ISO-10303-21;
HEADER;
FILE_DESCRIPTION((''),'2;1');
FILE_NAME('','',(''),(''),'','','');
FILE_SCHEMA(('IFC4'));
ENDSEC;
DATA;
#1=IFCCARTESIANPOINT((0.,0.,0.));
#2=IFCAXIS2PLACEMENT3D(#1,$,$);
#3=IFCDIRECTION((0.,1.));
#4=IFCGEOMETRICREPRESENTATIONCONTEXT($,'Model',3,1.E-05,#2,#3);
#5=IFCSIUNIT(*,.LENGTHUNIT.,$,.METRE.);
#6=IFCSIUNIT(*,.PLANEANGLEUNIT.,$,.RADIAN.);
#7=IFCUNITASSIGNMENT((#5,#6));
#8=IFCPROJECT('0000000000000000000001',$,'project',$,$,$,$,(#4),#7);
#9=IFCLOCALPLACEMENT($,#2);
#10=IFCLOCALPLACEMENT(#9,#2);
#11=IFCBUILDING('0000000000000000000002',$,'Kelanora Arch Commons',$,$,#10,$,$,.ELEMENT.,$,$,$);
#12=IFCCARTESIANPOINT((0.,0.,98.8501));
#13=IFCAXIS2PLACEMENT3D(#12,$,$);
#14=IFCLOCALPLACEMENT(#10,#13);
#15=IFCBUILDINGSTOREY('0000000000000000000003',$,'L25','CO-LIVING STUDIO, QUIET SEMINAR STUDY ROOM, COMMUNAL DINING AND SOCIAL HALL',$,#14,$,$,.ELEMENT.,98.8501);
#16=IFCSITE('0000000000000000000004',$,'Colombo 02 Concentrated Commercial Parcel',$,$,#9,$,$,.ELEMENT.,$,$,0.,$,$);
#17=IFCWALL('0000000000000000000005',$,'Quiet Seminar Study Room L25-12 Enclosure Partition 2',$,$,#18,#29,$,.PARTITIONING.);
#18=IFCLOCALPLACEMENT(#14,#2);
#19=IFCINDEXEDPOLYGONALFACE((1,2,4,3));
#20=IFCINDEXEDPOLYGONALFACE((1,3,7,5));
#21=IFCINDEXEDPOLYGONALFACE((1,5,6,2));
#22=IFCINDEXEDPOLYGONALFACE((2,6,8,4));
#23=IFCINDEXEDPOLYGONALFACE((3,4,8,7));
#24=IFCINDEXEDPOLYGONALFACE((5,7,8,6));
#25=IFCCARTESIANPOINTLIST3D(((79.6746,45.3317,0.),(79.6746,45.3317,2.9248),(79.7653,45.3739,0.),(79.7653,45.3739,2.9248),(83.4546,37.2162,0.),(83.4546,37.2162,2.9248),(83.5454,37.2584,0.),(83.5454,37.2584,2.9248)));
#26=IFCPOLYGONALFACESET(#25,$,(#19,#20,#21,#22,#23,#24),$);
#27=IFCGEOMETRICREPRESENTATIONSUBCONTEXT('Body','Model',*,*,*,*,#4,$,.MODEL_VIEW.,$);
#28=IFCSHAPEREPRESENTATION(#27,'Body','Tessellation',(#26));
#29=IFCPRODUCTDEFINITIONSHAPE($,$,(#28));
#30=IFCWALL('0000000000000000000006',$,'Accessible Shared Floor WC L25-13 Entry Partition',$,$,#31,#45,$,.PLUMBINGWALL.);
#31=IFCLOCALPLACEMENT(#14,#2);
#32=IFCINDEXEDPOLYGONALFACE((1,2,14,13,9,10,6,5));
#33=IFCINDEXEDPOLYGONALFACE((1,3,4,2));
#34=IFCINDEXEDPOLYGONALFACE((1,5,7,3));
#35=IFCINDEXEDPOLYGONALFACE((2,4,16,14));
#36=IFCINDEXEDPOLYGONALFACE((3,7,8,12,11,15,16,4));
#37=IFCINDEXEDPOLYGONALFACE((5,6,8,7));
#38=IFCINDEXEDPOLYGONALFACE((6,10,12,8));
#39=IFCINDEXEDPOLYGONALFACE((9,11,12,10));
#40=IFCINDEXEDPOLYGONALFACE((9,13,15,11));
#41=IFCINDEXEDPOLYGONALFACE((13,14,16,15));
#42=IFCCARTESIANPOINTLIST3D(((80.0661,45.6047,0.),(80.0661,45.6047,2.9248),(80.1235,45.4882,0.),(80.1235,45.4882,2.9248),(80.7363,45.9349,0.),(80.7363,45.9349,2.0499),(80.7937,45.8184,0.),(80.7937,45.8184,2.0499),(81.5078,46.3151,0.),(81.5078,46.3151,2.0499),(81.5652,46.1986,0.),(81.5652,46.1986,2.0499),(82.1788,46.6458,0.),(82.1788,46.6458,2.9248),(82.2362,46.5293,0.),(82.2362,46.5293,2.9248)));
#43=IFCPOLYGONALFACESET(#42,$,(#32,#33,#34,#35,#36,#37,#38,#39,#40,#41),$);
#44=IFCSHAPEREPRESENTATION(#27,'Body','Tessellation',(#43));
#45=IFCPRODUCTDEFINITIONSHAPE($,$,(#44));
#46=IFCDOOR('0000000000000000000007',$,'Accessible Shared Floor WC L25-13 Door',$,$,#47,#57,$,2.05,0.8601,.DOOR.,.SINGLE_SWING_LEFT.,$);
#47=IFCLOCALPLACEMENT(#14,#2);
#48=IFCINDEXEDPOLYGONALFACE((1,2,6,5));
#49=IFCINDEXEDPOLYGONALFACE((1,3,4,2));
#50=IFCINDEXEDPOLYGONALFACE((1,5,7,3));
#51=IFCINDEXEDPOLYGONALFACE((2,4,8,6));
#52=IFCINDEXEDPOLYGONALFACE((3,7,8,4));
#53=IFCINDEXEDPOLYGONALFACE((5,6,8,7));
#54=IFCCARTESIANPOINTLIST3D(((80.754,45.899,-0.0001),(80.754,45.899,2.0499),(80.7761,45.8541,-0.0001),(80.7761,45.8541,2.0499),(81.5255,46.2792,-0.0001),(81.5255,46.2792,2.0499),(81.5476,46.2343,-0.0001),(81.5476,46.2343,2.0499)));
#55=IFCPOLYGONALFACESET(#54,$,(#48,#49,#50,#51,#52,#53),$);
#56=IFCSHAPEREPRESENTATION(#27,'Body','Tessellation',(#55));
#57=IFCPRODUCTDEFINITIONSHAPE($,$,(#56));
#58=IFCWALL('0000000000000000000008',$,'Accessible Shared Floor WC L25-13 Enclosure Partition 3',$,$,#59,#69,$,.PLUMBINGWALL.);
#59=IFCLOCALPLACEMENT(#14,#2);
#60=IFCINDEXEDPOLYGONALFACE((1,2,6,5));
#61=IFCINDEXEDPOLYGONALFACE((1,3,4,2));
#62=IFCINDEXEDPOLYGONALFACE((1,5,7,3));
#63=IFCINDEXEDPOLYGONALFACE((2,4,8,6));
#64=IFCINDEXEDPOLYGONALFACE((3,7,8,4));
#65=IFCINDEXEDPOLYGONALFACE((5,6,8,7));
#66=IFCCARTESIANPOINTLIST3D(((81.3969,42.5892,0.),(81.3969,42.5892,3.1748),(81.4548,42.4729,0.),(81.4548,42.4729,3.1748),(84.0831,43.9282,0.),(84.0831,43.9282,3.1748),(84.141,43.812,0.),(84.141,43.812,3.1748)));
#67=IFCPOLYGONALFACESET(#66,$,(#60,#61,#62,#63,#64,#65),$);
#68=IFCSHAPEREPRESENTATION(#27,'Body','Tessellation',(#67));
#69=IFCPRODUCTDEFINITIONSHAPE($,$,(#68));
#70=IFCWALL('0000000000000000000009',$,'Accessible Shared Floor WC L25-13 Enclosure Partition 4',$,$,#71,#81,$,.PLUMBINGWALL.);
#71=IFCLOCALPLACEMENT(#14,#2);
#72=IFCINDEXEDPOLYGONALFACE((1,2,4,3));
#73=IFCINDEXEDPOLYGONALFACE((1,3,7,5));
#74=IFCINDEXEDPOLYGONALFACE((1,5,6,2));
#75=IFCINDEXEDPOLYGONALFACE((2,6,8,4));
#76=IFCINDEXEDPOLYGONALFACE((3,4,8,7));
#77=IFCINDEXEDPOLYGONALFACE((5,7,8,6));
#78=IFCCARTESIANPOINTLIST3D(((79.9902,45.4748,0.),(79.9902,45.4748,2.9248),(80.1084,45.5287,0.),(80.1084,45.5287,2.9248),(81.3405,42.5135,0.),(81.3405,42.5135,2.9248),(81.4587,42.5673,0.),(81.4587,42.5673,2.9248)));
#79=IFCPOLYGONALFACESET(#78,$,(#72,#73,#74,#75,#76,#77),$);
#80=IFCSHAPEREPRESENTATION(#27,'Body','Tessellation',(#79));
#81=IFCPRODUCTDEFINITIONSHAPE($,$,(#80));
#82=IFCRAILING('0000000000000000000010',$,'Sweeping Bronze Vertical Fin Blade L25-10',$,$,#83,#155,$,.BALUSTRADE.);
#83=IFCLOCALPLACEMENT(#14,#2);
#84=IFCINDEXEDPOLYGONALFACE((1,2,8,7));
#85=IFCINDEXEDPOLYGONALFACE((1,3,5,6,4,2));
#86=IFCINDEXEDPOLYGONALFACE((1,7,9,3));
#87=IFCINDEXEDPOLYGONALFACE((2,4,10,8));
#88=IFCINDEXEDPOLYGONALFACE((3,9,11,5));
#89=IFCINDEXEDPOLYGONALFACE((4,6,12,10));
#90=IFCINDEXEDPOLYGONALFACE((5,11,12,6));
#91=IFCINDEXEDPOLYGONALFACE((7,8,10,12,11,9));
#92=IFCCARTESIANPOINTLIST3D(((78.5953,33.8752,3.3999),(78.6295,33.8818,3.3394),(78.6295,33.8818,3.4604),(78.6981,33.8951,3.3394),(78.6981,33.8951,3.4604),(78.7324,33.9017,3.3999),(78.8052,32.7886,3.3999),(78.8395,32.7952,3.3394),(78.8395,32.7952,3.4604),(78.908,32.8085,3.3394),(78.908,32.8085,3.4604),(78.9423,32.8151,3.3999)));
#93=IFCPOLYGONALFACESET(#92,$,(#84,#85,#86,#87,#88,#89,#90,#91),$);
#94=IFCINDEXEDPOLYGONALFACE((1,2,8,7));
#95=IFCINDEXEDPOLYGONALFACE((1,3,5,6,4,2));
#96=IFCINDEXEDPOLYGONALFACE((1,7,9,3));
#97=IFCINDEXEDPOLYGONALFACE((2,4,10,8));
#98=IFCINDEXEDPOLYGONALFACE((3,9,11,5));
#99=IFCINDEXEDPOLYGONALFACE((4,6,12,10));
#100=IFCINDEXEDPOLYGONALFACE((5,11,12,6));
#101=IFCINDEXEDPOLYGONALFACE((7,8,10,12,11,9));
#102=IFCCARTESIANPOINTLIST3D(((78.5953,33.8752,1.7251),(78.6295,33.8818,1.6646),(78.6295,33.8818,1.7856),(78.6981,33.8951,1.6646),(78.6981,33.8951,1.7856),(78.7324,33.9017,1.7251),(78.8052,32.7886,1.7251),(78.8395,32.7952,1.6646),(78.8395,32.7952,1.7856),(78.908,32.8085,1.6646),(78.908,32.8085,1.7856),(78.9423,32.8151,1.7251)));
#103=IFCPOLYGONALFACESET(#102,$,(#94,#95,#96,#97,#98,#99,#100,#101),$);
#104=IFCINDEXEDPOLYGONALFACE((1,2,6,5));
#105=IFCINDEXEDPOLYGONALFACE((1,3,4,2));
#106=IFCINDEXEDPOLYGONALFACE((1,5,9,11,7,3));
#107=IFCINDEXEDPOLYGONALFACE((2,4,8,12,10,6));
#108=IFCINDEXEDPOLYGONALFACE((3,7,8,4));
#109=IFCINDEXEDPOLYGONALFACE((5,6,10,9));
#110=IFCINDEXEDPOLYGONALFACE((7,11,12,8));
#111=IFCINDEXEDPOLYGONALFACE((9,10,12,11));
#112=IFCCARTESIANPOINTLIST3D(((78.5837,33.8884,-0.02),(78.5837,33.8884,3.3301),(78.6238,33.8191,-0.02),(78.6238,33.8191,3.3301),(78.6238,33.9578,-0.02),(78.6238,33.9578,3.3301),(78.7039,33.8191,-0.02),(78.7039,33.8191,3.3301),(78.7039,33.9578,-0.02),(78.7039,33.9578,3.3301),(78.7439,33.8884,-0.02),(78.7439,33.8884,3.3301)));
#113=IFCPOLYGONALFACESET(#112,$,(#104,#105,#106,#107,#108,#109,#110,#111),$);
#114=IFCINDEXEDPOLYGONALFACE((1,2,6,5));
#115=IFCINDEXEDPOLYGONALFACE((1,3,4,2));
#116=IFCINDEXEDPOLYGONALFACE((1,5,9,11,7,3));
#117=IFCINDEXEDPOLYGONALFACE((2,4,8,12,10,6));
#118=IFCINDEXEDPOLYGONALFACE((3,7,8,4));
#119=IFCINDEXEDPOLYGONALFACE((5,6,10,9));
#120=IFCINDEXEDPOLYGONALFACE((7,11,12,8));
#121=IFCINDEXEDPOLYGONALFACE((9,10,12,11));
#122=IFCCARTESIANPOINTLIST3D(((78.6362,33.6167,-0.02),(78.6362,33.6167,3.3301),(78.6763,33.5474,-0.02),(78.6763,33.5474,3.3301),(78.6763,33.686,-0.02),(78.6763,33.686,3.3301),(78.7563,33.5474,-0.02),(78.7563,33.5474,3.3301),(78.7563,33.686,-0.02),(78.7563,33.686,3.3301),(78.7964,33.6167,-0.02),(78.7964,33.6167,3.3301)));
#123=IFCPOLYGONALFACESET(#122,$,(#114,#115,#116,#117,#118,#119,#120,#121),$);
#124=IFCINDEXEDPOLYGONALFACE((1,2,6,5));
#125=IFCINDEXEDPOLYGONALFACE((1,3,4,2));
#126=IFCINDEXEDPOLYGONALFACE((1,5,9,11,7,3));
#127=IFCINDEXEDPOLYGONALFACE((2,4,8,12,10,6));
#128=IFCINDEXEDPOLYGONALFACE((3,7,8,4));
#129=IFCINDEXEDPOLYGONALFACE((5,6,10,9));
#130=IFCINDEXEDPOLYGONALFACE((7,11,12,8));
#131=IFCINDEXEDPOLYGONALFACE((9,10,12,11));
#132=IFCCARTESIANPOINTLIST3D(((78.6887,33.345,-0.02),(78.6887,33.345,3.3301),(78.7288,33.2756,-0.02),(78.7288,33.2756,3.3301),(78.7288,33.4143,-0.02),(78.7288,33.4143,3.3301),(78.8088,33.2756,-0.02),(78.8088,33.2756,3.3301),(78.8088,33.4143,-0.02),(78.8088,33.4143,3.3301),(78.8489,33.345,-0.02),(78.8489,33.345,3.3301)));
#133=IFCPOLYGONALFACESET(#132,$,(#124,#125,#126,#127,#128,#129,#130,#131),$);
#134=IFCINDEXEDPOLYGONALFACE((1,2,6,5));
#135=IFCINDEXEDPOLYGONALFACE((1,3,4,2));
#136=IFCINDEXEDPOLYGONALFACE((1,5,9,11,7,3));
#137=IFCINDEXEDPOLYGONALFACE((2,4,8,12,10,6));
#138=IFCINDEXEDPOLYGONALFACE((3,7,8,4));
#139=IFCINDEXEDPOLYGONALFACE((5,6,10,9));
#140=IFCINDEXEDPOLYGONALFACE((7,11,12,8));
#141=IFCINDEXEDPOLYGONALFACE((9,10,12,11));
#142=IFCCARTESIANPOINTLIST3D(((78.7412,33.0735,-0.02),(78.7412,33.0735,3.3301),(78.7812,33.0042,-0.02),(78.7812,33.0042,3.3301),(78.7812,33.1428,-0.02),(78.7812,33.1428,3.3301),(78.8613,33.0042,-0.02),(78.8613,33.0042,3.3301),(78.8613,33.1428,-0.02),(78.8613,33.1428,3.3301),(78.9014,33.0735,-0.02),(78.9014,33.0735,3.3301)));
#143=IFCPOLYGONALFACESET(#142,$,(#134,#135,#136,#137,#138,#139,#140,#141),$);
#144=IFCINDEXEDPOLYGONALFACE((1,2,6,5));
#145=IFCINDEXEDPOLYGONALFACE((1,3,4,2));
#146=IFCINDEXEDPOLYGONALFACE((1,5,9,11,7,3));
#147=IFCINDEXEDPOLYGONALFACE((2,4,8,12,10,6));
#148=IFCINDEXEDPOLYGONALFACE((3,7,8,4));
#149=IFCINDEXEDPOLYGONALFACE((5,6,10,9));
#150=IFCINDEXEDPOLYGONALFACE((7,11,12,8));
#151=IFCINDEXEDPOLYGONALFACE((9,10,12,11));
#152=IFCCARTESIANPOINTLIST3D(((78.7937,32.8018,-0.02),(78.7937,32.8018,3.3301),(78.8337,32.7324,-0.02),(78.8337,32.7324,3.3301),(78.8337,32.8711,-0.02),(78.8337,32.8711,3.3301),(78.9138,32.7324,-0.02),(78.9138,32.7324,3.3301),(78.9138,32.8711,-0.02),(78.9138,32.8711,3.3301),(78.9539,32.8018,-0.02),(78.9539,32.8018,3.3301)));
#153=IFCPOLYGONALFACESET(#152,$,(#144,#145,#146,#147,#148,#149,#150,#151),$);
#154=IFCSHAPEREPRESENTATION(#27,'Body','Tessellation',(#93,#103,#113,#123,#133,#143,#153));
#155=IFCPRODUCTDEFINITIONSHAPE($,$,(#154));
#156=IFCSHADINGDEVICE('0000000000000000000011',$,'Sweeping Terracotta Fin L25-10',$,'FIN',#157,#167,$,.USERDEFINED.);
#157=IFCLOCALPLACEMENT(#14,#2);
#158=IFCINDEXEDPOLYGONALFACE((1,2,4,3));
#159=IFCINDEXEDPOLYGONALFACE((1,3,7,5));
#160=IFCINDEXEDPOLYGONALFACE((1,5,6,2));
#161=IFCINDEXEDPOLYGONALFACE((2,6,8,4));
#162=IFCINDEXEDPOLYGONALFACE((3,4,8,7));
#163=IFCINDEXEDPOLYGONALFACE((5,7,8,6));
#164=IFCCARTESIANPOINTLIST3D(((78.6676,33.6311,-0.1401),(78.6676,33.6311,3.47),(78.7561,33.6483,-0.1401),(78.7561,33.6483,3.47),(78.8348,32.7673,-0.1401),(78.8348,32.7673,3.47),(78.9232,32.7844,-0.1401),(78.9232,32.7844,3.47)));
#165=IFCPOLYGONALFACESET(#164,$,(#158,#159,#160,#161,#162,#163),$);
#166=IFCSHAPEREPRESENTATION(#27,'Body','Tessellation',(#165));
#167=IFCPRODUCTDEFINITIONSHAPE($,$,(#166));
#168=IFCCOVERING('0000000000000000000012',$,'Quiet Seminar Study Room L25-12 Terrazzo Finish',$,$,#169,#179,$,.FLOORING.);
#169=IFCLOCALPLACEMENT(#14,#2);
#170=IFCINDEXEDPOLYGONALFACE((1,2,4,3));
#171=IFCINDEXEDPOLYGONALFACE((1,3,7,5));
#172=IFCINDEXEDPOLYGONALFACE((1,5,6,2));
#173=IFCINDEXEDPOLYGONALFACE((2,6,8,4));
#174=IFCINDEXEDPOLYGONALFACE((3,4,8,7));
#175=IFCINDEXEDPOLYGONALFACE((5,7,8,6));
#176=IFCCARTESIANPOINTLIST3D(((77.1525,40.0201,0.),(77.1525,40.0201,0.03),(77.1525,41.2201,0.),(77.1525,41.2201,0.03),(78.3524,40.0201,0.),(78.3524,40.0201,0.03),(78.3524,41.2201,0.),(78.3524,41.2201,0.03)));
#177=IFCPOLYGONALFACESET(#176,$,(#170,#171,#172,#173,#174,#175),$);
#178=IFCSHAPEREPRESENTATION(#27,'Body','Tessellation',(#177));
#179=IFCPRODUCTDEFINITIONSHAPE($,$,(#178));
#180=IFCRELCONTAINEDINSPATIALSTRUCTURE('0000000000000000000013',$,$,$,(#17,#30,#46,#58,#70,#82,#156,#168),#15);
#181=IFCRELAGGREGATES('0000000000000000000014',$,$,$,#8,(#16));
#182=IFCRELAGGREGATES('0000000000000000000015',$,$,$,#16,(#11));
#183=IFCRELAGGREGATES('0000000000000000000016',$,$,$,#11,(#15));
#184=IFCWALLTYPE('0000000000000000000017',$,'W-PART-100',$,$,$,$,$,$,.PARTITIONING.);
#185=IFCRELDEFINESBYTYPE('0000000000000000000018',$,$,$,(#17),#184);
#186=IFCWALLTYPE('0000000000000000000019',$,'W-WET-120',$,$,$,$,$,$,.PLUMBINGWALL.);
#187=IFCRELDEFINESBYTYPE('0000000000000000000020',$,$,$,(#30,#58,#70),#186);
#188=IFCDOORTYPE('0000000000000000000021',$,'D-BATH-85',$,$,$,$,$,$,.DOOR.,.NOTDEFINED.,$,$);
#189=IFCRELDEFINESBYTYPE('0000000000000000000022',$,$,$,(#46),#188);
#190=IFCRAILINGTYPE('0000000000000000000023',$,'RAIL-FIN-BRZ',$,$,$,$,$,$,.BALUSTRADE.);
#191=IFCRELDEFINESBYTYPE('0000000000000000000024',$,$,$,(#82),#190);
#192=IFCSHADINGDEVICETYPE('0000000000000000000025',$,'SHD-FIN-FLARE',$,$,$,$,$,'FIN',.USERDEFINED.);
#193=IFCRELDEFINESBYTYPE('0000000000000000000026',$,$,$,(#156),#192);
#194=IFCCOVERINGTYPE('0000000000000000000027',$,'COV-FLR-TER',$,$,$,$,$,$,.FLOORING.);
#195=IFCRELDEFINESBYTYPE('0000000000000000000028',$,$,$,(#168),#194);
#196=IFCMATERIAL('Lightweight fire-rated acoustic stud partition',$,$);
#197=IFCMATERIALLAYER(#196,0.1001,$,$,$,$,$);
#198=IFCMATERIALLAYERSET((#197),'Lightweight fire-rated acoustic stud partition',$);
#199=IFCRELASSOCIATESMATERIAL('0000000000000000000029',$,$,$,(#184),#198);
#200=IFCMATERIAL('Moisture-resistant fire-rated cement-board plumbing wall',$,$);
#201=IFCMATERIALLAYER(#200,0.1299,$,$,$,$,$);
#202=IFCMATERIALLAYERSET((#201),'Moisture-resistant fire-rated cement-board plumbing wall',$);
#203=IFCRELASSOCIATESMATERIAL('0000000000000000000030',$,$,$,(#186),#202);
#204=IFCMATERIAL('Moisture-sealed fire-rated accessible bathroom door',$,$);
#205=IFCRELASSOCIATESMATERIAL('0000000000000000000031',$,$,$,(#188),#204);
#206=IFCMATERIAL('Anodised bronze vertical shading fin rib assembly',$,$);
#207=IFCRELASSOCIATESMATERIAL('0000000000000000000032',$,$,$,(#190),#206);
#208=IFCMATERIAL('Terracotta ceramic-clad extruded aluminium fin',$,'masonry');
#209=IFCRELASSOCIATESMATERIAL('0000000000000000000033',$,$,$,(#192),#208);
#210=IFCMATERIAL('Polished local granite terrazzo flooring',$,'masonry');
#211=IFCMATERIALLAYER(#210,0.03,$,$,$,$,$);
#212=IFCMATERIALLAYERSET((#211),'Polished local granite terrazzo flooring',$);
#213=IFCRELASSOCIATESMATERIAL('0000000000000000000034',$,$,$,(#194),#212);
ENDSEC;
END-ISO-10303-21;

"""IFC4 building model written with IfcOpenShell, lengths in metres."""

from ifc_helpers import new_model, si_unit, direction, frame, frame_2d, origin, origin_2d, place, context, subcontext, project, spatial, polyline, rectangle, outline, extrude, source, transform, mapped, material, layer, layer_set, type_object, element, fill, save


model = new_model("IFC4")

# Units and contexts
model_context = context("Model", 3, precision=1e-05, world=origin(), true_north=direction((0.0, 1.0)))
body_context = subcontext(model_context, "Body", "Model", "MODEL_VIEW")
ifc_project = project(units=[si_unit("LENGTHUNIT", "METRE"), si_unit("PLANEANGLEUNIT", "RADIAN")], contexts=[model_context])

# Site, building, storey
site_placement = place(None, origin())
site = spatial("IfcSite", under=ifc_project, at=site_placement, Name="Colombo 02 Concentrated Commercial Parcel", CompositionType="ELEMENT", RefElevation=0.0)
building_placement = place(site_placement, origin())
building = spatial("IfcBuilding", under=site, at=building_placement, Name="Kelanora Arch Commons", CompositionType="ELEMENT")
storey_placement = place(building_placement, frame((0.0, 0.0, 98.8501)))
storey = spatial("IfcBuildingStorey", under=building, at=storey_placement, Name="L25", Description="CO-LIVING STUDIO, QUIET SEMINAR STUDY ROOM, COMMUNAL DINING AND SOCIAL HALL", CompositionType="ELEMENT", Elevation=98.8501)

# Wall
ifc_material_1 = material(Name="Lightweight fire-rated acoustic stud partition")
ifc_layer_1 = layer(ifc_material_1, 0.1001)
ifc_layer_set_1 = layer_set([ifc_layer_1], Name="Lightweight fire-rated acoustic stud partition")
wall_type_1 = type_object("IfcWallType", Name="W-PART-100", PredefinedType="PARTITIONING", material=ifc_layer_set_1)
wall_1_placement = place(storey_placement, frame((79.72, 45.3528, 0.0), z_axis=(0.0, 0.0, 1.0), x_axis=(0.422225, -0.906491, 0.0)))
element("IfcWall", 1, at=wall_1_placement, inside=storey, type_object=wall_type_1, Name="Quiet Seminar Study Room L25-12 Enclosure Partition 2", PredefinedType="PARTITIONING", context=body_context, shape_type="SweptSolid", body=[
    extrude(rectangle(XDim=8.9526, YDim=0.1001, at=frame_2d((4.4763, 0.0))), origin(), (0.0, 0.0, 1.0), 2.9248),
])

# Wall, opening, door
ifc_material_2 = material(Name="Moisture-resistant fire-rated cement-board plumbing wall")
ifc_layer_2 = layer(ifc_material_2, 0.1299)
ifc_layer_set_2 = layer_set([ifc_layer_2], Name="Moisture-resistant fire-rated cement-board plumbing wall")
wall_type_2 = type_object("IfcWallType", Name="W-WET-120", PredefinedType="PLUMBINGWALL", material=ifc_layer_set_2)
wall_2_placement = place(storey_placement, frame((80.0947, 45.5464, 0.0), z_axis=(0.0, 0.0, 1.0), x_axis=(0.897004, 0.442023, 0.0)))
wall_2 = element("IfcWall", 2, at=wall_2_placement, inside=storey, type_object=wall_type_2, Name="Accessible Shared Floor WC L25-13 Entry Partition", PredefinedType="PLUMBINGWALL", context=body_context, shape_type="SweptSolid", body=[
    extrude(rectangle(XDim=2.3552, YDim=0.1299, at=frame_2d((1.1777, 0.0))), origin(), (0.0, 0.0, 1.0), 2.9248),
])
opening_placement = place(wall_2_placement, frame((0.7471, 0.0, 0.0)))
opening = element("IfcOpeningElement", 3, at=opening_placement, cuts=wall_2, PredefinedType="OPENING", context=body_context, shape_type="SweptSolid", body=[
    extrude(rectangle(XDim=0.8601, YDim=2.05, at=frame_2d((0.4302, 1.0249))), frame((0.0, 0.075, 0.0), z_axis=(0.0, -1.0, 0.0), x_axis=(1.0, 0.0, 0.0)), (0.0, 0.0, 1.0), 0.1499),
])
ifc_material_3 = material(Name="Moisture-sealed fire-rated accessible bathroom door")
door_type = type_object("IfcDoorType", Name="D-BATH-85", OperationType="NOTDEFINED", PredefinedType="DOOR", material=ifc_material_3)
door_placement = place(opening_placement, origin())
door = element("IfcDoor", 4, at=door_placement, inside=storey, type_object=door_type, Name="Accessible Shared Floor WC L25-13 Door", OperationType="SINGLE_SWING_LEFT", OverallHeight=2.05, OverallWidth=0.8601, PredefinedType="DOOR", context=body_context, shape_type="SweptSolid", body=[
    extrude(rectangle(XDim=0.8601, YDim=2.05, at=frame_2d((0.4302, 1.0249))), frame((0.0, 0.0249, 0.0), z_axis=(0.0, -1.0, 0.0), x_axis=(1.0, 0.0, 0.0)), (0.0, 0.0, 1.0), 0.05),
])
fill(opening, door)

# Walls
wall_3_placement = place(storey_placement, frame((84.1121, 43.8701, 0.0), z_axis=(0.0, 0.0, 1.0), x_axis=(-0.894963, -0.44614, 0.0)))
element("IfcWall", 5, at=wall_3_placement, inside=storey, type_object=wall_type_2, Name="Accessible Shared Floor WC L25-13 Enclosure Partition 3", PredefinedType="PLUMBINGWALL", context=body_context, shape_type="SweptSolid", body=[
    extrude(rectangle(XDim=3.0015, YDim=0.1299, at=frame_2d((1.5007, 0.0))), origin(), (0.0, 0.0, 1.0), 3.1748),
])
wall_4_placement = place(storey_placement, frame((81.3997, 42.5403, 0.0), z_axis=(0.0, 0.0, 1.0), x_axis=(-0.414882, 0.909875, 0.0)))
element("IfcWall", 6, at=wall_4_placement, inside=storey, type_object=wall_type_2, Name="Accessible Shared Floor WC L25-13 Enclosure Partition 4", PredefinedType="PLUMBINGWALL", context=body_context, shape_type="SweptSolid", body=[
    extrude(rectangle(XDim=3.2546, YDim=0.1299, at=frame_2d((1.6274, 0.0))), origin(), (0.0, 0.0, 1.0), 2.9248),
])

# Railing
ifc_material_4 = material(Name="Anodised bronze vertical shading fin rib assembly")
railing_type = type_object("IfcRailingType", Name="RAIL-FIN-BRZ", PredefinedType="BALUSTRADE", material=ifc_material_4)
railing_placement = place(storey_placement, frame((78.6638, 33.8884, -0.02)))
element("IfcRailing", 7, at=railing_placement, inside=storey, type_object=railing_type, Name="Sweeping Bronze Vertical Fin Blade L25-10", PredefinedType="BALUSTRADE", context=body_context, shape_type="SweptSolid", body=[
    extrude(outline(polyline([(0.0698, 0.0), (0.0349, 0.0605), (-0.0349, 0.0605), (-0.0698, 0.0), (-0.0349, -0.0605), (0.0349, -0.0605), (0.0698, 0.0)])), frame((0.0, 0.0, 3.4199), z_axis=(0.189706, -0.981841, 0.0), x_axis=(0.981841, 0.189706, 0.0)), (0.0, 0.0, 1.0), 1.1067),
    extrude(outline(polyline([(0.0698, 0.0), (0.0349, 0.0605), (-0.0349, 0.0605), (-0.0698, 0.0), (-0.0349, -0.0605), (0.0349, -0.0605), (0.0698, 0.0)])), frame((0.0, 0.0, 1.7451), z_axis=(0.189706, -0.981841, 0.0), x_axis=(0.981841, 0.189706, 0.0)), (0.0, 0.0, 1.0), 1.1067),
    extrude(outline(polyline([(0.0801, 0.0), (0.04, 0.0693), (-0.04, 0.0693), (-0.0801, 0.0), (-0.04, -0.0693), (0.04, -0.0693), (0.0801, 0.0)])), origin(), (0.0, 0.0, 1.0), 3.3501),
    extrude(outline(polyline([(0.0801, 0.0), (0.04, 0.0693), (-0.04, 0.0693), (-0.0801, 0.0), (-0.04, -0.0693), (0.04, -0.0693), (0.0801, 0.0)])), frame((0.0525, -0.2717, 0.0)), (0.0, 0.0, 1.0), 3.3501),
    extrude(outline(polyline([(0.0801, 0.0), (0.04, 0.0693), (-0.04, 0.0693), (-0.0801, 0.0), (-0.04, -0.0693), (0.04, -0.0693), (0.0801, 0.0)])), frame((0.105, -0.5435, 0.0)), (0.0, 0.0, 1.0), 3.3501),
    extrude(outline(polyline([(0.0801, 0.0), (0.04, 0.0693), (-0.04, 0.0693), (-0.0801, 0.0), (-0.04, -0.0693), (0.04, -0.0693), (0.0801, 0.0)])), frame((0.1575, -0.8149, 0.0)), (0.0, 0.0, 1.0), 3.3501),
    extrude(outline(polyline([(0.0801, 0.0), (0.04, 0.0693), (-0.04, 0.0693), (-0.0801, 0.0), (-0.04, -0.0693), (0.04, -0.0693), (0.0801, 0.0)])), frame((0.21, -1.0867, 0.0)), (0.0, 0.0, 1.0), 3.3501),
])

# Shading device
ifc_material_5 = material(Name="Terracotta ceramic-clad extruded aluminium fin", Category="masonry")
shading_device_type = type_object("IfcShadingDeviceType", Name="SHD-FIN-FLARE", ElementType="FIN", PredefinedType="USERDEFINED", material=ifc_material_5)
shared_shape_1 = source(origin(), body_context, "Body", "SweptSolid", [
    extrude(rectangle(XDim=0.8799, YDim=0.0901, at=origin_2d()), origin(), (0.0, 0.0, 1.0), 3.6101),
])
shading_device_placement = place(storey_placement, frame((78.7954, 33.2078, -0.1401), z_axis=(0.0, 0.0, 1.0), x_axis=(0.189952, -0.981793, 0.0)))
element("IfcShadingDevice", 8, at=shading_device_placement, inside=storey, type_object=shading_device_type, Name="Sweeping Terracotta Fin L25-10", ObjectType="FIN", PredefinedType="USERDEFINED", context=body_context, shape_type="MappedRepresentation", body=[
    mapped(shared_shape_1, transform((0.0, 0.0, 0.0), scale=1.0)),
])

# Covering
ifc_material_6 = material(Name="Polished local granite terrazzo flooring", Category="masonry")
ifc_layer_3 = layer(ifc_material_6, 0.03)
ifc_layer_set_3 = layer_set([ifc_layer_3], Name="Polished local granite terrazzo flooring")
covering_type = type_object("IfcCoveringType", Name="COV-FLR-TER", PredefinedType="FLOORING", material=ifc_layer_set_3)
shared_shape_2 = source(origin(), body_context, "Body", "SweptSolid", [
    extrude(rectangle(XDim=1.2, YDim=1.2, at=origin_2d()), origin(), (0.0, 0.0, 1.0), 0.03),
])
covering_placement = place(storey_placement, frame((77.7524, 40.6201, 0.0), z_axis=(0.0, 0.0, 1.0), x_axis=(1.0, 0.0, 0.0)))
element("IfcCovering", 9, at=covering_placement, inside=storey, type_object=covering_type, Name="Quiet Seminar Study Room L25-12 Terrazzo Finish", PredefinedType="FLOORING", context=body_context, shape_type="MappedRepresentation", body=[
    mapped(shared_shape_2, transform((0.0, 0.0, 0.0), scale=1.0)),
])

save(model, "model.ifc")
